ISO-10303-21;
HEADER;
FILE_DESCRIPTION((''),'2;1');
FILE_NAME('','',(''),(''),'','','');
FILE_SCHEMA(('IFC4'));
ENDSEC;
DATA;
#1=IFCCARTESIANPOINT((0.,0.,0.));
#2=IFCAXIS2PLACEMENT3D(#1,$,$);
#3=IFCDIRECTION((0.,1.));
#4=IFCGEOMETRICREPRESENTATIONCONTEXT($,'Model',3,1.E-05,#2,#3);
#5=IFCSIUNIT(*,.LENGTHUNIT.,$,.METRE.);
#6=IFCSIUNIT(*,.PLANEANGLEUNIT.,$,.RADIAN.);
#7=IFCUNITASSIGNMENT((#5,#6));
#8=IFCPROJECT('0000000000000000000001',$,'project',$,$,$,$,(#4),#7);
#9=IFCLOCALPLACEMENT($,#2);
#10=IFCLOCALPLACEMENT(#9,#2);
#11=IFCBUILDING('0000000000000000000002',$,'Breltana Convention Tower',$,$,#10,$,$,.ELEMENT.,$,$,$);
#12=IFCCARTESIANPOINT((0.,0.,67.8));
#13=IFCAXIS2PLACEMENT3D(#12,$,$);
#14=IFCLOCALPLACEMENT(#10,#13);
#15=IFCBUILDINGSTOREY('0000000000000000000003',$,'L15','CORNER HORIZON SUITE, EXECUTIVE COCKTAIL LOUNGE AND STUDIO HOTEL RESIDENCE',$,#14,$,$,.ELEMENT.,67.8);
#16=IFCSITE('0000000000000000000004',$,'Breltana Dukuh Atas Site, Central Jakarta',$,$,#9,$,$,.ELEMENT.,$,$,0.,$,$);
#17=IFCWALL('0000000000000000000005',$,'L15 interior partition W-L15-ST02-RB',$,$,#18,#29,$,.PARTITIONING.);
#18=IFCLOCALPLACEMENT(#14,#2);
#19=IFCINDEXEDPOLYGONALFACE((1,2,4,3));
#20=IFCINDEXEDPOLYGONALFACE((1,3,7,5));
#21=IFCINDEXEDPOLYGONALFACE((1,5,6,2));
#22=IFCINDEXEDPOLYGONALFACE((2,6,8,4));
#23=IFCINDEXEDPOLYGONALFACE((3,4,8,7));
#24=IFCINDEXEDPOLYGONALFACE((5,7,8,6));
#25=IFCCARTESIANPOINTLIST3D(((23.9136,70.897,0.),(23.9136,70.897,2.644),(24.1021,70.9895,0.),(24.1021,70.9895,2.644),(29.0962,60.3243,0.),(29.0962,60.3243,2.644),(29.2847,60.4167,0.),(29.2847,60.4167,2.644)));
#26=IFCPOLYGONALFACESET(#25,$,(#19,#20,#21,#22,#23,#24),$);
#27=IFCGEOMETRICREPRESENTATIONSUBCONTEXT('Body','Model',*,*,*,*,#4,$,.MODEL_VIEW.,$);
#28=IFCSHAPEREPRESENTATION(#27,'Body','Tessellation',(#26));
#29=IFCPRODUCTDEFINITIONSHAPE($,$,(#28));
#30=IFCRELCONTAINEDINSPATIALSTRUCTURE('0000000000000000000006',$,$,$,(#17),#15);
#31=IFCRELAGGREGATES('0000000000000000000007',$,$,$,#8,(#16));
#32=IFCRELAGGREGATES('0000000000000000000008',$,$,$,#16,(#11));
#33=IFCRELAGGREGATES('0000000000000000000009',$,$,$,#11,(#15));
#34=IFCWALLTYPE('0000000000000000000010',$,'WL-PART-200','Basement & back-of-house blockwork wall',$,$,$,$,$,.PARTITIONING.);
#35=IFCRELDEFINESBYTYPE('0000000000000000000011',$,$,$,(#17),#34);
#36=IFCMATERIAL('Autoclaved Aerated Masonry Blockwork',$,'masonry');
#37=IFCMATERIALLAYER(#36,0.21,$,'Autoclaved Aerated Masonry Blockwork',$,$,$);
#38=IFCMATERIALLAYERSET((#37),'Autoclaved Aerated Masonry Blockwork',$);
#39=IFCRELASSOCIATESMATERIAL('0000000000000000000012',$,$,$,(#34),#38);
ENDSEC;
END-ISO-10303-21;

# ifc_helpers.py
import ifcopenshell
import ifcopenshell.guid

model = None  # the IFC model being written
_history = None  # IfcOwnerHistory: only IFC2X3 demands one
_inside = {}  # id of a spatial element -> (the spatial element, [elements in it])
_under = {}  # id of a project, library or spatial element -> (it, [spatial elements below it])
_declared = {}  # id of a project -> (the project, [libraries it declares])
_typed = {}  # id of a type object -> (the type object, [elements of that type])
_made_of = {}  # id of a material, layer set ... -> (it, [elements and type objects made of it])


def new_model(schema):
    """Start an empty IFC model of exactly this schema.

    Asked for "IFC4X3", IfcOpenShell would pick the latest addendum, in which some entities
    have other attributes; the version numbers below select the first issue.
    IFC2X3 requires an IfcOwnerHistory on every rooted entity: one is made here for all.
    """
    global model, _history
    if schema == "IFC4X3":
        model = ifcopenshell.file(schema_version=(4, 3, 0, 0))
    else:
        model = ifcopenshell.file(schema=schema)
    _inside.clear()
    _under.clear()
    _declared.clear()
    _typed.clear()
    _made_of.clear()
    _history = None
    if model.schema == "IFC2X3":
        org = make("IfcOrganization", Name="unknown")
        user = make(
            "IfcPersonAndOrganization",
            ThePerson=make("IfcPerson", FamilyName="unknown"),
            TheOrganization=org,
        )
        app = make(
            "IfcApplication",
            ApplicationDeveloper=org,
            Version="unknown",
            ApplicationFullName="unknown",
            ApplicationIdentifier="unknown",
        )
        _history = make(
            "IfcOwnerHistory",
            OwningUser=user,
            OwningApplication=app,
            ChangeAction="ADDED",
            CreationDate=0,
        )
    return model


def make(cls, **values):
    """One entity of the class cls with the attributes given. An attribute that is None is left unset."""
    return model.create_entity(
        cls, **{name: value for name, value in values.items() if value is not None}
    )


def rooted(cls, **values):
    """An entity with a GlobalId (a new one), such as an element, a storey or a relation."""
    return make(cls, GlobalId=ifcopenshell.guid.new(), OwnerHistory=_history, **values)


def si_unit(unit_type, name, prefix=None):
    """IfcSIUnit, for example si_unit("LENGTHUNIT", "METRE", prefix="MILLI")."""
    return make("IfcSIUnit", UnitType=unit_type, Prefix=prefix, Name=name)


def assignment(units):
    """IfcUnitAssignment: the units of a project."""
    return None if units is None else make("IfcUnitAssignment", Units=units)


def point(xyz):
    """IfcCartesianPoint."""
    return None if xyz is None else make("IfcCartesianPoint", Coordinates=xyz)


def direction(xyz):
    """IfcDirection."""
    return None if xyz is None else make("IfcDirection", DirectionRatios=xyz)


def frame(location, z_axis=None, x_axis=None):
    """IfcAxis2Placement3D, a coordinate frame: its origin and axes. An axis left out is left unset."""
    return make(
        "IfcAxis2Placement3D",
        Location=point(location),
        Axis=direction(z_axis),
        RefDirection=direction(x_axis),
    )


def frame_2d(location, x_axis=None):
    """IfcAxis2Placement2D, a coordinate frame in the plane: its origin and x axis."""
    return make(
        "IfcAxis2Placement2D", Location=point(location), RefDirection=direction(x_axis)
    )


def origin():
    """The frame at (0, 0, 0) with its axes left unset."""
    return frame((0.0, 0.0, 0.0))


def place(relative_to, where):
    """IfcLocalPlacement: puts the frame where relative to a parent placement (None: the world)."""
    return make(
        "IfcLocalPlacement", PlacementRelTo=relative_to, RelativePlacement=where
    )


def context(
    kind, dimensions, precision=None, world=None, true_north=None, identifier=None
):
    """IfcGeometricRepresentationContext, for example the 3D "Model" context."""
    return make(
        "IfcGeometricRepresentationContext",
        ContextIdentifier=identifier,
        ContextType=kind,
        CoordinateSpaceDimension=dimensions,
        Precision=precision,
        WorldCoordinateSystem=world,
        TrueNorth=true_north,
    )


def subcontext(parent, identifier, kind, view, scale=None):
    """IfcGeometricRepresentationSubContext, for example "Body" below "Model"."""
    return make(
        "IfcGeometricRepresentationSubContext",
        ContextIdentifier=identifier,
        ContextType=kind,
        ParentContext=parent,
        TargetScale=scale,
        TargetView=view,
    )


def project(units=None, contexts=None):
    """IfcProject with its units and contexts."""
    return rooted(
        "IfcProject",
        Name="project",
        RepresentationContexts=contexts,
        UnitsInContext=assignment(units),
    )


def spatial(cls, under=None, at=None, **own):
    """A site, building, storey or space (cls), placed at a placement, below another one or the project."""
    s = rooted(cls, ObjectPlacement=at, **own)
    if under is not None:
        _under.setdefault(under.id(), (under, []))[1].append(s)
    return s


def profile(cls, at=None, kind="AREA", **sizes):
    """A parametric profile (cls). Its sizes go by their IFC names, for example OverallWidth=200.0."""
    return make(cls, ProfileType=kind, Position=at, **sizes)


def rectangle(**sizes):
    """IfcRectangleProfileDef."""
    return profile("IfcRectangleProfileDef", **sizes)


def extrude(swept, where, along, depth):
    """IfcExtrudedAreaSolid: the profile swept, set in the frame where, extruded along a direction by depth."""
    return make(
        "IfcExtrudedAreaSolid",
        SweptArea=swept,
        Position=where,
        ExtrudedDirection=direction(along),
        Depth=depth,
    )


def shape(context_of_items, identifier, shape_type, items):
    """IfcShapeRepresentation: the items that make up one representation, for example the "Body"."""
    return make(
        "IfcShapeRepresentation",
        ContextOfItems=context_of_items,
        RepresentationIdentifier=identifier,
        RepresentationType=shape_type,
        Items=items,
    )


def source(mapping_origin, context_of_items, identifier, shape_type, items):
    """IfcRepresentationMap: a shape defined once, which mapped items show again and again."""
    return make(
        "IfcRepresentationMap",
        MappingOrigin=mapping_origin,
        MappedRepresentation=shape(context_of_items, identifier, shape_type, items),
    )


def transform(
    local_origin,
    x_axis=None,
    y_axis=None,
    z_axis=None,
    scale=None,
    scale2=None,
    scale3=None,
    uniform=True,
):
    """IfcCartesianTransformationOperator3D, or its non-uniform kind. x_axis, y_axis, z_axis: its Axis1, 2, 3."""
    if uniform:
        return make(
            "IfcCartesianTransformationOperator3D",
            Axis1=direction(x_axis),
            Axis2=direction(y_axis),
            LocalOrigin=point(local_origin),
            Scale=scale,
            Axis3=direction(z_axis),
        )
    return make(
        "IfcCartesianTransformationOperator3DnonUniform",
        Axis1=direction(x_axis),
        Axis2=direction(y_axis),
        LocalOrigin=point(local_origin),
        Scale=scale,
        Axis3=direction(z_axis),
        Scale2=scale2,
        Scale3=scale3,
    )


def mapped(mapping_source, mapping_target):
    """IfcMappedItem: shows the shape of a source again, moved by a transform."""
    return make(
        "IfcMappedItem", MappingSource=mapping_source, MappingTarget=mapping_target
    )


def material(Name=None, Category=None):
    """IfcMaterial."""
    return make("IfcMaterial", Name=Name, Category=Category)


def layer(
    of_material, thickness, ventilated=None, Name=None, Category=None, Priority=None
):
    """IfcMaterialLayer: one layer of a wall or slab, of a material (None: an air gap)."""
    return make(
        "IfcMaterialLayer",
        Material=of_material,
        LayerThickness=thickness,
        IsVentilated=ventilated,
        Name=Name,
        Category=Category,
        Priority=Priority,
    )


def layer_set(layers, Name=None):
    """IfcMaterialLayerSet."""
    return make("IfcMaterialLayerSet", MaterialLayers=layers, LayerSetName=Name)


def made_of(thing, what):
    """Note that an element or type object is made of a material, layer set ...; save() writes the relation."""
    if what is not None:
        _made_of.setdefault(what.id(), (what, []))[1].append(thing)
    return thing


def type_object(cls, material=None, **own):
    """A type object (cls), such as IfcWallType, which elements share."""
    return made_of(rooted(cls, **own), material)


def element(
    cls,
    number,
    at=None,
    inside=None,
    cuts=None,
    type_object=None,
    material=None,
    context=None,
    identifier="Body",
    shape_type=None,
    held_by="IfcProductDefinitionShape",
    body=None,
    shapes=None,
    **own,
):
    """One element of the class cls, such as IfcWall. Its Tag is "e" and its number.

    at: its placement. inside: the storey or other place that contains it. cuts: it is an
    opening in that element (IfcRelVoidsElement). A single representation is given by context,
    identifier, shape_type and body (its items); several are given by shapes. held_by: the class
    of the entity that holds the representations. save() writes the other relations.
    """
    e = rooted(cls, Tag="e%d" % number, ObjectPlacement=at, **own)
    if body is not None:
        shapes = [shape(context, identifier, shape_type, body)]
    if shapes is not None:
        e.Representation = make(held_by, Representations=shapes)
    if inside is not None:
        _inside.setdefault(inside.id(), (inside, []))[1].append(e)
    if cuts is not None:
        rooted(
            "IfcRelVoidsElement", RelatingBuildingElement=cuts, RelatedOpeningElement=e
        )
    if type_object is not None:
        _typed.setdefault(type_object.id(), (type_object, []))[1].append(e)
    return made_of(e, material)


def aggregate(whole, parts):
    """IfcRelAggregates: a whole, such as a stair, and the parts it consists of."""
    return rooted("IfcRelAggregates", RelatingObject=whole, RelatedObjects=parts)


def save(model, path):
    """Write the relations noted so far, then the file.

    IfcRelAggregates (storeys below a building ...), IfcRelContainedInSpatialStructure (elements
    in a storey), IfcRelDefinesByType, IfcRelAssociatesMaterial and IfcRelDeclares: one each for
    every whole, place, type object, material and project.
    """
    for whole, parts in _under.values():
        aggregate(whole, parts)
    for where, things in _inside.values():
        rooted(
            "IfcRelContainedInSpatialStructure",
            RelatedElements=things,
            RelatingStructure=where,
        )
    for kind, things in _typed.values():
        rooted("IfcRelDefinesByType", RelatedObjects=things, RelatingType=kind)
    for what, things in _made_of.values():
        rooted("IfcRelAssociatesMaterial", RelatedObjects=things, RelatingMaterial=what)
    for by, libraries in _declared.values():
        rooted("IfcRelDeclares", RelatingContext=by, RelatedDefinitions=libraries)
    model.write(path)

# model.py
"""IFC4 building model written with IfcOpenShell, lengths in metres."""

from ifc_helpers import new_model, si_unit, direction, frame, frame_2d, origin, place, context, subcontext, project, spatial, rectangle, extrude, source, transform, mapped, material, layer, layer_set, type_object, element, save


model = new_model("IFC4")

# Units and contexts
model_context = context("Model", 3, precision=1e-05, world=origin(), true_north=direction((0.0, 1.0)))
body_context = subcontext(model_context, "Body", "Model", "MODEL_VIEW")
ifc_project = project(units=[si_unit("LENGTHUNIT", "METRE"), si_unit("PLANEANGLEUNIT", "RADIAN")], contexts=[model_context])

# Site, building, storey
site_placement = place(None, origin())
site = spatial("IfcSite", under=ifc_project, at=site_placement, Name="Breltana Dukuh Atas Site, Central Jakarta", CompositionType="ELEMENT", RefElevation=0.0)
building_placement = place(site_placement, origin())
building = spatial("IfcBuilding", under=site, at=building_placement, Name="Breltana Convention Tower", CompositionType="ELEMENT")
storey_placement = place(building_placement, frame((0.0, 0.0, 67.8)))
storey = spatial("IfcBuildingStorey", under=building, at=storey_placement, Name="L15", Description="CORNER HORIZON SUITE, EXECUTIVE COCKTAIL LOUNGE AND STUDIO HOTEL RESIDENCE", CompositionType="ELEMENT", Elevation=67.8)

# Wall
ifc_material_1 = material(Name="Autoclaved Aerated Masonry Blockwork", Category="masonry")
ifc_layer_1 = layer(ifc_material_1, 0.21, Name="Autoclaved Aerated Masonry Blockwork")
ifc_layer_set_1 = layer_set([ifc_layer_1], Name="Autoclaved Aerated Masonry Blockwork")
wall_type_1 = type_object("IfcWallType", Name="WL-PART-200", Description="Basement & back-of-house blockwork wall", PredefinedType="PARTITIONING", material=ifc_layer_set_1)
shared_shape_1 = source(origin(), body_context, "Body", "SweptSolid", [
    extrude(rectangle(XDim=11.7747, YDim=0.21, at=frame_2d((5.8872, 0.0))), origin(), (0.0, 0.0, 1.0), 2.644),
])
wall_1_placement = place(storey_placement, frame((29.1904, 60.3706, 0.0), z_axis=(0.0, 0.0, 1.0), x_axis=(-0.44015, 0.897924, 0.0)))
element("IfcWall", 1, at=wall_1_placement, inside=storey, type_object=wall_type_1, Name="L15 interior partition W-L15-ST02-RB", PredefinedType="PARTITIONING", context=body_context, shape_type="MappedRepresentation", body=[
    mapped(shared_shape_1, transform((0.0, 0.0, 0.0), scale=1.0)),
])

save(model, "model.ifc")
